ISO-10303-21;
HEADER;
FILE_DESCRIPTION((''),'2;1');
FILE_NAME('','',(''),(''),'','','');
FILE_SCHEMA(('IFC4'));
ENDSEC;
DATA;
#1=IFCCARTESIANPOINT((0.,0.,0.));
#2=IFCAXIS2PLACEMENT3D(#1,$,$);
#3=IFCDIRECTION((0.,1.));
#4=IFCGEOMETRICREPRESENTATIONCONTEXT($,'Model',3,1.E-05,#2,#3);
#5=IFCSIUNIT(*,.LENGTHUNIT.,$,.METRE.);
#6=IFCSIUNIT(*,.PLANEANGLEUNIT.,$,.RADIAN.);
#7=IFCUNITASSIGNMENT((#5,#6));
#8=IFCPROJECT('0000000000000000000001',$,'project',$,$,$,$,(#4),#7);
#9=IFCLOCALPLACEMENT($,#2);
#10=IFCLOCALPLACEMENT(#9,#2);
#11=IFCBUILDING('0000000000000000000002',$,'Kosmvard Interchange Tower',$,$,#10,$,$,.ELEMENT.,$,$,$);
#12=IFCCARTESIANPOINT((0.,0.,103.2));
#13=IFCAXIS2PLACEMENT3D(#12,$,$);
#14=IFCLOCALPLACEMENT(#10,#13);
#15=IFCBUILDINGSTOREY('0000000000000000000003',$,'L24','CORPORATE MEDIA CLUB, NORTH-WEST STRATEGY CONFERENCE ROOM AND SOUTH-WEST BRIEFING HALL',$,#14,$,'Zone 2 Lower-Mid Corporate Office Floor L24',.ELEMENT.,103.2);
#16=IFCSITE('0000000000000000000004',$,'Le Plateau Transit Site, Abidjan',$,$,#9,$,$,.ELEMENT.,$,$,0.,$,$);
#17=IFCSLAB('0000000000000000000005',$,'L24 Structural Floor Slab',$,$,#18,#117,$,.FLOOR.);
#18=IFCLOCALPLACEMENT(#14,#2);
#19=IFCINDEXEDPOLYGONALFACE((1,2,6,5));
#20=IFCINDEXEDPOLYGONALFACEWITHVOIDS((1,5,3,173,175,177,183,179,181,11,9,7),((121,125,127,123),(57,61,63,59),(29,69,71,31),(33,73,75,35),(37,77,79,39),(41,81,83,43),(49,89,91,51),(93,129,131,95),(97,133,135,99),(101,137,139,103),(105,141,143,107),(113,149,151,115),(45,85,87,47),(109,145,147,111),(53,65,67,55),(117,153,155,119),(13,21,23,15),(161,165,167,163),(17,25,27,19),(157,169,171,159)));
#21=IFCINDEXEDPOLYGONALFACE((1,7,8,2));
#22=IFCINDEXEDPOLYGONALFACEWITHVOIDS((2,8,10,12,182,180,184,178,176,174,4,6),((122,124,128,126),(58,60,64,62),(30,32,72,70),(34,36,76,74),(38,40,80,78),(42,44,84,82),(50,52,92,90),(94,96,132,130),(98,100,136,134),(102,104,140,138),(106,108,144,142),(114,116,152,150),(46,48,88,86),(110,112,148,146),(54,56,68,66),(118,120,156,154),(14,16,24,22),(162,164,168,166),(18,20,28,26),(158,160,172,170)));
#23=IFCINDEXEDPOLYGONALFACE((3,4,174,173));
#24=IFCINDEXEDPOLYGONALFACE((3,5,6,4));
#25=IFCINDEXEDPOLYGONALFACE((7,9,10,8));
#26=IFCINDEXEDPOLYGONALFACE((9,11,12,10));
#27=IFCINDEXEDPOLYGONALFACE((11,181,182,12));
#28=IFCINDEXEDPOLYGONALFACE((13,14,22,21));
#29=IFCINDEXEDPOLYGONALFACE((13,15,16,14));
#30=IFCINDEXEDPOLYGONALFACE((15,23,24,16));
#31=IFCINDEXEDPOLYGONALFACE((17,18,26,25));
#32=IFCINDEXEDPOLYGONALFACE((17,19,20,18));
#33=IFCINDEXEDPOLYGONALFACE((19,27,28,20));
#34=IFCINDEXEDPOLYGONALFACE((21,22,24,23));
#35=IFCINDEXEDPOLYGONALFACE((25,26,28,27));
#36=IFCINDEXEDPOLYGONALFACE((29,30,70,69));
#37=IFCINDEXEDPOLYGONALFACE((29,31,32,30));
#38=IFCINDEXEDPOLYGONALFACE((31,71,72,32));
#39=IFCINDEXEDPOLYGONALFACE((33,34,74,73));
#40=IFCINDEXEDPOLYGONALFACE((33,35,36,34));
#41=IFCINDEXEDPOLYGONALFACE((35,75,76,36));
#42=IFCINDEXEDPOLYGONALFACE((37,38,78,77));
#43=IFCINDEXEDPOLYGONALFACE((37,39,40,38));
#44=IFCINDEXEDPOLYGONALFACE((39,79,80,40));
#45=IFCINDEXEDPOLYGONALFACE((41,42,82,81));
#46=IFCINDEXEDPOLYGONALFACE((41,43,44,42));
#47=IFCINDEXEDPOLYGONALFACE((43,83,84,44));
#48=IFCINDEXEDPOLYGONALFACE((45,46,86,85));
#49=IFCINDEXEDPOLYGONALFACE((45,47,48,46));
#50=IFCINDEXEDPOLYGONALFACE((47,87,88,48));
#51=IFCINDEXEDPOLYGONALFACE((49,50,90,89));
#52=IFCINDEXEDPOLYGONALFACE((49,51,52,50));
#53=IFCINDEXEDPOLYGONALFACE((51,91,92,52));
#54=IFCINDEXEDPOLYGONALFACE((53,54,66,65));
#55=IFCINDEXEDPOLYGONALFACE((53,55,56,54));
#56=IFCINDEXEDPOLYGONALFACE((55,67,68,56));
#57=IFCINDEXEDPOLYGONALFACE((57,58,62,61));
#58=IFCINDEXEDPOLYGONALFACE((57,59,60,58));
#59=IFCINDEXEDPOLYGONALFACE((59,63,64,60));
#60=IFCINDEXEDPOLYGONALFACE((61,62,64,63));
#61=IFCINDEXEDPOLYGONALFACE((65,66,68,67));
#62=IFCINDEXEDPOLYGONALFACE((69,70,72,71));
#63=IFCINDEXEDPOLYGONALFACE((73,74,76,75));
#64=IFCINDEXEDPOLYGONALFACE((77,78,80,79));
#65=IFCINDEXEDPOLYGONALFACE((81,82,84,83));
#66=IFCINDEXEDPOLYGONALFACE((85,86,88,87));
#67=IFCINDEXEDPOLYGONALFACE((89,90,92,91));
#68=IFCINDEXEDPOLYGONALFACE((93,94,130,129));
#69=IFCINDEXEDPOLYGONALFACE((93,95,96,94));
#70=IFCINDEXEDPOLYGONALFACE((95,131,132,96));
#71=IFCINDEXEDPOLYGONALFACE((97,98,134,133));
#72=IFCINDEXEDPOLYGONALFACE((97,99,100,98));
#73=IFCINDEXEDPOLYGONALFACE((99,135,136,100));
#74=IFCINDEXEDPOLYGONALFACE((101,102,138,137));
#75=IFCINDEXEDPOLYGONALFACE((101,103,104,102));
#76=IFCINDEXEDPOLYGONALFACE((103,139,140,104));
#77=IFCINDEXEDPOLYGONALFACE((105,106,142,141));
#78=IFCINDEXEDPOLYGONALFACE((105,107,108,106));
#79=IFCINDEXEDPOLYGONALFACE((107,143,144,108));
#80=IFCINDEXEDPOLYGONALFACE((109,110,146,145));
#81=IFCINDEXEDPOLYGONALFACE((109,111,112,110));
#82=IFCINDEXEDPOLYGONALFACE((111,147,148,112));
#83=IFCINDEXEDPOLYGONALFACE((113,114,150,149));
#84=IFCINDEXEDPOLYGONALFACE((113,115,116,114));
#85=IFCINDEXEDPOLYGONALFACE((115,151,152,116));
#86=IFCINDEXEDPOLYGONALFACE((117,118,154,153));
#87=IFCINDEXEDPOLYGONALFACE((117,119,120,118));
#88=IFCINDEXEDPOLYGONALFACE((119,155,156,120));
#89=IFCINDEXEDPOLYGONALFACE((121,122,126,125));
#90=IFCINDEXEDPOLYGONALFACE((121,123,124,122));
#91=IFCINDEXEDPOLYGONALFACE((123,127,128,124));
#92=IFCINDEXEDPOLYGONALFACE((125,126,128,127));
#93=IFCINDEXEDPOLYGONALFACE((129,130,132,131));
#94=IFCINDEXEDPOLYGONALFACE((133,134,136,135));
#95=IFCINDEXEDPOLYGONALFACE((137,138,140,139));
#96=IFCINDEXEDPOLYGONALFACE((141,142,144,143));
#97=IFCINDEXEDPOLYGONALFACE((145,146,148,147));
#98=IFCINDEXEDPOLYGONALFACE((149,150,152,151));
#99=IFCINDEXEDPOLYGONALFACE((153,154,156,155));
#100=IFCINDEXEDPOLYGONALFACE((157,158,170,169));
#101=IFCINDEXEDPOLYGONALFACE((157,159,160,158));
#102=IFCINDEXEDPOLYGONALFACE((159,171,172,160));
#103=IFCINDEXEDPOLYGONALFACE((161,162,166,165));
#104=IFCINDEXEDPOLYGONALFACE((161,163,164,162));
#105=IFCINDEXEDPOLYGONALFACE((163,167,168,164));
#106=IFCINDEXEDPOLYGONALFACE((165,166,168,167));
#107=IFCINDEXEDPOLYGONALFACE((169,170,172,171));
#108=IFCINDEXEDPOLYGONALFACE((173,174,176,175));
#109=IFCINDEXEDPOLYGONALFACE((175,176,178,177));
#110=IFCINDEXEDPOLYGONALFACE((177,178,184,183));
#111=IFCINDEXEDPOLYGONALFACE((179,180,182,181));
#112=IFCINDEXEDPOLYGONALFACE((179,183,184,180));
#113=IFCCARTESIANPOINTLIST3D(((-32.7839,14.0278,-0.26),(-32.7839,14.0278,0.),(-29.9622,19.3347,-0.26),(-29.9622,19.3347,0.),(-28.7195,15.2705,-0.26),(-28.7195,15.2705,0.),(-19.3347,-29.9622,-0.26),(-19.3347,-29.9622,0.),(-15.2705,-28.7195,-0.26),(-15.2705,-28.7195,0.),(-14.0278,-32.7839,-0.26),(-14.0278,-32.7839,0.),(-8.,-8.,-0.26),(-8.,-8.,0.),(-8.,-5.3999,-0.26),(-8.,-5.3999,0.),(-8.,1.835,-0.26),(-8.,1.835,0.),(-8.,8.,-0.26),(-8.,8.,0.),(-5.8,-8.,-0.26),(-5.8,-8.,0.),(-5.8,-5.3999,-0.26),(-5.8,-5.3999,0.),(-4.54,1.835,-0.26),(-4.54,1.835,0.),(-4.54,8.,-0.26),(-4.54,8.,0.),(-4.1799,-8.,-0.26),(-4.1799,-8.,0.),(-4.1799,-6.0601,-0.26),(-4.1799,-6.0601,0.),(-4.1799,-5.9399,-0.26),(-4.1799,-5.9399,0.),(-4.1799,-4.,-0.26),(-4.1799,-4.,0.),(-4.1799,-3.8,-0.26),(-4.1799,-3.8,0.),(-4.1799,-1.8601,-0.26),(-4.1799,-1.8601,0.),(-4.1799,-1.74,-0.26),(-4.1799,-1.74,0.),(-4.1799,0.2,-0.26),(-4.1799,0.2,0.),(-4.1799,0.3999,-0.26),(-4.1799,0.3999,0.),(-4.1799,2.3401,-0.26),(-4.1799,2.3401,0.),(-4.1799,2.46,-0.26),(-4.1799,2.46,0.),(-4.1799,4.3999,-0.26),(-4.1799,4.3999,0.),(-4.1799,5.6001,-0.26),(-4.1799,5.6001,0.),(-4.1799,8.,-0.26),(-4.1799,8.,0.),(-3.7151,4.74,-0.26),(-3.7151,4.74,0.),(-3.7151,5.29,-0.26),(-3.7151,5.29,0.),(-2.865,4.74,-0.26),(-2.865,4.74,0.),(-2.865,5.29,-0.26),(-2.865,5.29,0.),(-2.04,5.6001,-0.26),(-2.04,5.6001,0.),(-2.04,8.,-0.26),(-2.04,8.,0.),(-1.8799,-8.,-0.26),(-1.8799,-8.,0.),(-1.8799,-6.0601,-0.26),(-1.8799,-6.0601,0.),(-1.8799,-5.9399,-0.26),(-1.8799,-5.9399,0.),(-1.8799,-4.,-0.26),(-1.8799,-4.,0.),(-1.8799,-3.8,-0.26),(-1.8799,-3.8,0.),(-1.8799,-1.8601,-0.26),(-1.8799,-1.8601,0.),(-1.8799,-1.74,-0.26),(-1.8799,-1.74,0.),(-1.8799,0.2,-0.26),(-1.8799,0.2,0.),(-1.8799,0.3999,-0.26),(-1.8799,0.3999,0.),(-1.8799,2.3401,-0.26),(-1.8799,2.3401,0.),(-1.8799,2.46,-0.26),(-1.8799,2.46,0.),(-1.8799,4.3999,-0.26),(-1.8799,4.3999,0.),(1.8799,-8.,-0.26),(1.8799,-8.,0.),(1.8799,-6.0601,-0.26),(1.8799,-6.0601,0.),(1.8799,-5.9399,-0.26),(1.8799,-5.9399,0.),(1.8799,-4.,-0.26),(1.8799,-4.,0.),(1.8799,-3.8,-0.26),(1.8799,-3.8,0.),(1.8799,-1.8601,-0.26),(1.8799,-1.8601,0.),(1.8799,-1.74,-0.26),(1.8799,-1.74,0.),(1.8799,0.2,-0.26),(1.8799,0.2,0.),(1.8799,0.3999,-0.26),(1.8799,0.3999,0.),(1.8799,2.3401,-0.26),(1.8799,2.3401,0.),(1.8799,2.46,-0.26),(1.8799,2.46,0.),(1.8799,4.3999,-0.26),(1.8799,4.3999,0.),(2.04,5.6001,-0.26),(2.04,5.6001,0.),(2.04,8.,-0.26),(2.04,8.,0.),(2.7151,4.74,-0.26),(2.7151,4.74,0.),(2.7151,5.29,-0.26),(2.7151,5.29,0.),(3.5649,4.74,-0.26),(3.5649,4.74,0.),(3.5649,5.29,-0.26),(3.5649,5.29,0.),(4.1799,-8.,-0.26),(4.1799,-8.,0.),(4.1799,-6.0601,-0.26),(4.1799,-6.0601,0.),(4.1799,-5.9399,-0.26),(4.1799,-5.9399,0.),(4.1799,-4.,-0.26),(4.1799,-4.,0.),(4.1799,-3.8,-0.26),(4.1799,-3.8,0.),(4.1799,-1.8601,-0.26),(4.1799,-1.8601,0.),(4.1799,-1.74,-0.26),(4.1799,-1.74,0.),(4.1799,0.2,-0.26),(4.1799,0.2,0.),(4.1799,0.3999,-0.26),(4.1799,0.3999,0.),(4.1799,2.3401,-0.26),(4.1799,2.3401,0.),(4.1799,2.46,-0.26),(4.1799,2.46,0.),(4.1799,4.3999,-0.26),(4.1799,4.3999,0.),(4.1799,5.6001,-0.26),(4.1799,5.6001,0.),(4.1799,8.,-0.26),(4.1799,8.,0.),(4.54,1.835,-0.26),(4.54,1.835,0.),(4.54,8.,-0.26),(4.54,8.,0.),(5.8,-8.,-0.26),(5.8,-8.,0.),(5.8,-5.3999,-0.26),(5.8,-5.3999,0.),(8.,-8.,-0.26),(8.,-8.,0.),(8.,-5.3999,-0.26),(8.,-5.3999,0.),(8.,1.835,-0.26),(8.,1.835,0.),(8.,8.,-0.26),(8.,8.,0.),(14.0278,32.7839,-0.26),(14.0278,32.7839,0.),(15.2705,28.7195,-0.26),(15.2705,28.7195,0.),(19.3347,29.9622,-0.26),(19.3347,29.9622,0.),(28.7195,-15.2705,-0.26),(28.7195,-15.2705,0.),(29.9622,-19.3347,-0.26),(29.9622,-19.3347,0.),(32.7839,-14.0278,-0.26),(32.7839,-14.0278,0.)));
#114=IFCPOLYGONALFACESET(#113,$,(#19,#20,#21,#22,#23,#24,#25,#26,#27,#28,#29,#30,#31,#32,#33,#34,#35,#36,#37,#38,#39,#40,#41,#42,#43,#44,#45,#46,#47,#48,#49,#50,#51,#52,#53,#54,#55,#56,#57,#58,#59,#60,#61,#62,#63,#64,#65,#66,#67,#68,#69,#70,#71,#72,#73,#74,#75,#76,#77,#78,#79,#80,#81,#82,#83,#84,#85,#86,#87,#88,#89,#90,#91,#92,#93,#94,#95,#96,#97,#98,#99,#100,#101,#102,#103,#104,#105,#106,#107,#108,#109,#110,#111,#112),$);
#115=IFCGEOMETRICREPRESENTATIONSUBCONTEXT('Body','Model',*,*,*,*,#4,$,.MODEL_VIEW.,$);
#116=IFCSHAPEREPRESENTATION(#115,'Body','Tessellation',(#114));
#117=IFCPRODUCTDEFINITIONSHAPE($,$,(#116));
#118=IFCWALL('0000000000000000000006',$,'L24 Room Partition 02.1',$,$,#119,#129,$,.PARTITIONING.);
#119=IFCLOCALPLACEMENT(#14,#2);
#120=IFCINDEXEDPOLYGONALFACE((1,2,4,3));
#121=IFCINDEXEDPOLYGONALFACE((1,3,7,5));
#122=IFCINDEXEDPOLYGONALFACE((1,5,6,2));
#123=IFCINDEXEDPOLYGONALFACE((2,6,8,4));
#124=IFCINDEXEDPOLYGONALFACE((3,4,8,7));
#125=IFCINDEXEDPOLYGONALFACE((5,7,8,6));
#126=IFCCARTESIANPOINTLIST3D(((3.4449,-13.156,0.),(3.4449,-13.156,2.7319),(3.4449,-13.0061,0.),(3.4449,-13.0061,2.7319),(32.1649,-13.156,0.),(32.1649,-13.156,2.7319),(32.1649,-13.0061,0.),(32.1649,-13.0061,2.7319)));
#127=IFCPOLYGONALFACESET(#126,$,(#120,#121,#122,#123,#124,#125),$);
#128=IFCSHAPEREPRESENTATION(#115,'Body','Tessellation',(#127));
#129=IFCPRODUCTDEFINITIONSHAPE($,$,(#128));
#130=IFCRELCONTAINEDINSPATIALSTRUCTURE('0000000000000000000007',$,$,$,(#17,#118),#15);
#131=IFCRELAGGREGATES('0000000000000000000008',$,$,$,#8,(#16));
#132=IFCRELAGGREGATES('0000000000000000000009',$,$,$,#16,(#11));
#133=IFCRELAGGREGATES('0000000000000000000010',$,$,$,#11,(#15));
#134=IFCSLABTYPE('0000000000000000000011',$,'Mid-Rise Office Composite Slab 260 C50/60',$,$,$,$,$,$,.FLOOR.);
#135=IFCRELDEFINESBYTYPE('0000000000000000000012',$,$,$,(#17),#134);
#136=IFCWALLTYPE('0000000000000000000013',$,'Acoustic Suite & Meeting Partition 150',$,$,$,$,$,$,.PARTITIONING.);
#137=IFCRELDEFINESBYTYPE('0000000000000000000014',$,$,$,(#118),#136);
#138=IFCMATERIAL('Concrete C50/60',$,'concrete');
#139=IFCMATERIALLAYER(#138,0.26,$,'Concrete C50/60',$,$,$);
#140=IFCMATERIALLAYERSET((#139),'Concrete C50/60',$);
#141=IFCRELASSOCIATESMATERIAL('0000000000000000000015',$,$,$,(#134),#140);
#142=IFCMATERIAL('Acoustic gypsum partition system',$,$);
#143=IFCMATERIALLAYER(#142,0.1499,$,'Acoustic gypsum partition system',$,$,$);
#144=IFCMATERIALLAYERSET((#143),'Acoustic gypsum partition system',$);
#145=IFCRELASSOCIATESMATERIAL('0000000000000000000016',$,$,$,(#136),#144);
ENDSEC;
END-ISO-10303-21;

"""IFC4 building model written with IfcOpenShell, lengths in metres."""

from ifc_helpers import new_model, si_unit, direction, frame, frame_2d, origin, place, context, subcontext, project, spatial, polyline, rectangle, outline, extrude, material, layer, layer_set, type_object, element, save


model = new_model("IFC4")

# Units and contexts
model_context = context("Model", 3, precision=1e-05, world=origin(), true_north=direction((0.0, 1.0)))
body_context = subcontext(model_context, "Body", "Model", "MODEL_VIEW")
ifc_project = project(units=[si_unit("LENGTHUNIT", "METRE"), si_unit("PLANEANGLEUNIT", "RADIAN")], contexts=[model_context])

# Site, building, storey
site_placement = place(None, origin())
site = spatial("IfcSite", under=ifc_project, at=site_placement, Name="Le Plateau Transit Site, Abidjan", CompositionType="ELEMENT", RefElevation=0.0)
building_placement = place(site_placement, origin())
building = spatial("IfcBuilding", under=site, at=building_placement, Name="Kosmvard Interchange Tower", CompositionType="ELEMENT")
storey_placement = place(building_placement, frame((0.0, 0.0, 103.2)))
storey = spatial("IfcBuildingStorey", under=building, at=storey_placement, Name="L24", Description="CORPORATE MEDIA CLUB, NORTH-WEST STRATEGY CONFERENCE ROOM AND SOUTH-WEST BRIEFING HALL", LongName="Zone 2 Lower-Mid Corporate Office Floor L24", CompositionType="ELEMENT", Elevation=103.2)

# Slab
ifc_material_1 = material(Name="Concrete C50/60", Category="concrete")
ifc_layer_1 = layer(ifc_material_1, 0.26, Name="Concrete C50/60")
ifc_layer_set_1 = layer_set([ifc_layer_1], Name="Concrete C50/60")
slab_type = type_object("IfcSlabType", Name="Mid-Rise Office Composite Slab 260 C50/60", PredefinedType="FLOOR", material=ifc_layer_set_1)
slab_placement = place(storey_placement, frame((0.0, 0.0, -0.26)))
element("IfcSlab", 1, at=slab_placement, inside=storey, type_object=slab_type, Name="L24 Structural Floor Slab", PredefinedType="FLOOR", context=body_context, shape_type="SweptSolid", body=[
    extrude(outline(polyline([(-14.0278, -32.7839), (29.9622, -19.3347), (28.7195, -15.2705), (32.7839, -14.0278), (19.3347, 29.9622), (15.2705, 28.7195), (14.0278, 32.7839), (-29.9622, 19.3347), (-28.7195, 15.2705), (-32.7839, 14.0278), (-19.3347, -29.9622), (-15.2705, -28.7195), (-14.0278, -32.7839)]), holes=[polyline([(-8.0, 1.835), (-4.54, 1.835), (-4.54, 8.0), (-8.0, 8.0), (-8.0, 1.835)]), polyline([(4.54, 1.835), (8.0, 1.835), (8.0, 8.0), (4.54, 8.0), (4.54, 1.835)]), polyline([(-8.0, -8.0), (-5.8, -8.0), (-5.8, -5.3999), (-8.0, -5.3999), (-8.0, -8.0)]), polyline([(5.8, -8.0), (8.0, -8.0), (8.0, -5.3999), (5.8, -5.3999), (5.8, -8.0)]), polyline([(-4.1799, -8.0), (-1.8799, -8.0), (-1.8799, -6.0601), (-4.1799, -6.0601), (-4.1799, -8.0)]), polyline([(-4.1799, -5.9399), (-1.8799, -5.9399), (-1.8799, -4.0), (-4.1799, -4.0), (-4.1799, -5.9399)]), polyline([(1.8799, -8.0), (4.1799, -8.0), (4.1799, -6.0601), (1.8799, -6.0601), (1.8799, -8.0)]), polyline([(1.8799, -5.9399), (4.1799, -5.9399), (4.1799, -4.0), (1.8799, -4.0), (1.8799, -5.9399)]), polyline([(-4.1799, -3.8), (-1.8799, -3.8), (-1.8799, -1.8601), (-4.1799, -1.8601), (-4.1799, -3.8)]), polyline([(-4.1799, -1.74), (-1.8799, -1.74), (-1.8799, 0.2), (-4.1799, 0.2), (-4.1799, -1.74)]), polyline([(1.8799, -3.8), (4.1799, -3.8), (4.1799, -1.8601), (1.8799, -1.8601), (1.8799, -3.8)]), polyline([(1.8799, -1.74), (4.1799, -1.74), (4.1799, 0.2), (1.8799, 0.2), (1.8799, -1.74)]), polyline([(-4.1799, 0.3999), (-1.8799, 0.3999), (-1.8799, 2.3401), (-4.1799, 2.3401), (-4.1799, 0.3999)]), polyline([(-4.1799, 2.46), (-1.8799, 2.46), (-1.8799, 4.3999), (-4.1799, 4.3999), (-4.1799, 2.46)]), polyline([(1.8799, 0.3999), (4.1799, 0.3999), (4.1799, 2.3401), (1.8799, 2.3401), (1.8799, 0.3999)]), polyline([(1.8799, 2.46), (4.1799, 2.46), (4.1799, 4.3999), (1.8799, 4.3999), (1.8799, 2.46)]), polyline([(-4.1799, 5.6001), (-2.04, 5.6001), (-2.04, 8.0), (-4.1799, 8.0), (-4.1799, 5.6001)]), polyline([(2.04, 5.6001), (4.1799, 5.6001), (4.1799, 8.0), (2.04, 8.0), (2.04, 5.6001)]), polyline([(-3.7151, 4.74), (-2.865, 4.74), (-2.865, 5.29), (-3.7151, 5.29), (-3.7151, 4.74)]), polyline([(2.7151, 4.74), (3.5649, 4.74), (3.5649, 5.29), (2.7151, 5.29), (2.7151, 4.74)])]), origin(), (0.0, 0.0, 1.0), 0.26),
])

# Wall
ifc_material_2 = material(Name="Acoustic gypsum partition system")
ifc_layer_2 = layer(ifc_material_2, 0.1499, Name="Acoustic gypsum partition system")
ifc_layer_set_2 = layer_set([ifc_layer_2], Name="Acoustic gypsum partition system")
wall_type_1 = type_object("IfcWallType", Name="Acoustic Suite & Meeting Partition 150", PredefinedType="PARTITIONING", material=ifc_layer_set_2)
wall_1_placement = place(storey_placement, frame((3.4451, -13.0811, 0.0), z_axis=(0.0, 0.0, 1.0), x_axis=(1.0, 0.0, 0.0)))
element("IfcWall", 2, at=wall_1_placement, inside=storey, type_object=wall_type_1, Name="L24 Room Partition 02.1", PredefinedType="PARTITIONING", context=body_context, shape_type="SweptSolid", body=[
    extrude(rectangle(XDim=28.72, YDim=0.1499, at=frame_2d((14.3599, 0.0))), origin(), (0.0, 0.0, 1.0), 2.7319),
])

save(model, "model.ifc")
